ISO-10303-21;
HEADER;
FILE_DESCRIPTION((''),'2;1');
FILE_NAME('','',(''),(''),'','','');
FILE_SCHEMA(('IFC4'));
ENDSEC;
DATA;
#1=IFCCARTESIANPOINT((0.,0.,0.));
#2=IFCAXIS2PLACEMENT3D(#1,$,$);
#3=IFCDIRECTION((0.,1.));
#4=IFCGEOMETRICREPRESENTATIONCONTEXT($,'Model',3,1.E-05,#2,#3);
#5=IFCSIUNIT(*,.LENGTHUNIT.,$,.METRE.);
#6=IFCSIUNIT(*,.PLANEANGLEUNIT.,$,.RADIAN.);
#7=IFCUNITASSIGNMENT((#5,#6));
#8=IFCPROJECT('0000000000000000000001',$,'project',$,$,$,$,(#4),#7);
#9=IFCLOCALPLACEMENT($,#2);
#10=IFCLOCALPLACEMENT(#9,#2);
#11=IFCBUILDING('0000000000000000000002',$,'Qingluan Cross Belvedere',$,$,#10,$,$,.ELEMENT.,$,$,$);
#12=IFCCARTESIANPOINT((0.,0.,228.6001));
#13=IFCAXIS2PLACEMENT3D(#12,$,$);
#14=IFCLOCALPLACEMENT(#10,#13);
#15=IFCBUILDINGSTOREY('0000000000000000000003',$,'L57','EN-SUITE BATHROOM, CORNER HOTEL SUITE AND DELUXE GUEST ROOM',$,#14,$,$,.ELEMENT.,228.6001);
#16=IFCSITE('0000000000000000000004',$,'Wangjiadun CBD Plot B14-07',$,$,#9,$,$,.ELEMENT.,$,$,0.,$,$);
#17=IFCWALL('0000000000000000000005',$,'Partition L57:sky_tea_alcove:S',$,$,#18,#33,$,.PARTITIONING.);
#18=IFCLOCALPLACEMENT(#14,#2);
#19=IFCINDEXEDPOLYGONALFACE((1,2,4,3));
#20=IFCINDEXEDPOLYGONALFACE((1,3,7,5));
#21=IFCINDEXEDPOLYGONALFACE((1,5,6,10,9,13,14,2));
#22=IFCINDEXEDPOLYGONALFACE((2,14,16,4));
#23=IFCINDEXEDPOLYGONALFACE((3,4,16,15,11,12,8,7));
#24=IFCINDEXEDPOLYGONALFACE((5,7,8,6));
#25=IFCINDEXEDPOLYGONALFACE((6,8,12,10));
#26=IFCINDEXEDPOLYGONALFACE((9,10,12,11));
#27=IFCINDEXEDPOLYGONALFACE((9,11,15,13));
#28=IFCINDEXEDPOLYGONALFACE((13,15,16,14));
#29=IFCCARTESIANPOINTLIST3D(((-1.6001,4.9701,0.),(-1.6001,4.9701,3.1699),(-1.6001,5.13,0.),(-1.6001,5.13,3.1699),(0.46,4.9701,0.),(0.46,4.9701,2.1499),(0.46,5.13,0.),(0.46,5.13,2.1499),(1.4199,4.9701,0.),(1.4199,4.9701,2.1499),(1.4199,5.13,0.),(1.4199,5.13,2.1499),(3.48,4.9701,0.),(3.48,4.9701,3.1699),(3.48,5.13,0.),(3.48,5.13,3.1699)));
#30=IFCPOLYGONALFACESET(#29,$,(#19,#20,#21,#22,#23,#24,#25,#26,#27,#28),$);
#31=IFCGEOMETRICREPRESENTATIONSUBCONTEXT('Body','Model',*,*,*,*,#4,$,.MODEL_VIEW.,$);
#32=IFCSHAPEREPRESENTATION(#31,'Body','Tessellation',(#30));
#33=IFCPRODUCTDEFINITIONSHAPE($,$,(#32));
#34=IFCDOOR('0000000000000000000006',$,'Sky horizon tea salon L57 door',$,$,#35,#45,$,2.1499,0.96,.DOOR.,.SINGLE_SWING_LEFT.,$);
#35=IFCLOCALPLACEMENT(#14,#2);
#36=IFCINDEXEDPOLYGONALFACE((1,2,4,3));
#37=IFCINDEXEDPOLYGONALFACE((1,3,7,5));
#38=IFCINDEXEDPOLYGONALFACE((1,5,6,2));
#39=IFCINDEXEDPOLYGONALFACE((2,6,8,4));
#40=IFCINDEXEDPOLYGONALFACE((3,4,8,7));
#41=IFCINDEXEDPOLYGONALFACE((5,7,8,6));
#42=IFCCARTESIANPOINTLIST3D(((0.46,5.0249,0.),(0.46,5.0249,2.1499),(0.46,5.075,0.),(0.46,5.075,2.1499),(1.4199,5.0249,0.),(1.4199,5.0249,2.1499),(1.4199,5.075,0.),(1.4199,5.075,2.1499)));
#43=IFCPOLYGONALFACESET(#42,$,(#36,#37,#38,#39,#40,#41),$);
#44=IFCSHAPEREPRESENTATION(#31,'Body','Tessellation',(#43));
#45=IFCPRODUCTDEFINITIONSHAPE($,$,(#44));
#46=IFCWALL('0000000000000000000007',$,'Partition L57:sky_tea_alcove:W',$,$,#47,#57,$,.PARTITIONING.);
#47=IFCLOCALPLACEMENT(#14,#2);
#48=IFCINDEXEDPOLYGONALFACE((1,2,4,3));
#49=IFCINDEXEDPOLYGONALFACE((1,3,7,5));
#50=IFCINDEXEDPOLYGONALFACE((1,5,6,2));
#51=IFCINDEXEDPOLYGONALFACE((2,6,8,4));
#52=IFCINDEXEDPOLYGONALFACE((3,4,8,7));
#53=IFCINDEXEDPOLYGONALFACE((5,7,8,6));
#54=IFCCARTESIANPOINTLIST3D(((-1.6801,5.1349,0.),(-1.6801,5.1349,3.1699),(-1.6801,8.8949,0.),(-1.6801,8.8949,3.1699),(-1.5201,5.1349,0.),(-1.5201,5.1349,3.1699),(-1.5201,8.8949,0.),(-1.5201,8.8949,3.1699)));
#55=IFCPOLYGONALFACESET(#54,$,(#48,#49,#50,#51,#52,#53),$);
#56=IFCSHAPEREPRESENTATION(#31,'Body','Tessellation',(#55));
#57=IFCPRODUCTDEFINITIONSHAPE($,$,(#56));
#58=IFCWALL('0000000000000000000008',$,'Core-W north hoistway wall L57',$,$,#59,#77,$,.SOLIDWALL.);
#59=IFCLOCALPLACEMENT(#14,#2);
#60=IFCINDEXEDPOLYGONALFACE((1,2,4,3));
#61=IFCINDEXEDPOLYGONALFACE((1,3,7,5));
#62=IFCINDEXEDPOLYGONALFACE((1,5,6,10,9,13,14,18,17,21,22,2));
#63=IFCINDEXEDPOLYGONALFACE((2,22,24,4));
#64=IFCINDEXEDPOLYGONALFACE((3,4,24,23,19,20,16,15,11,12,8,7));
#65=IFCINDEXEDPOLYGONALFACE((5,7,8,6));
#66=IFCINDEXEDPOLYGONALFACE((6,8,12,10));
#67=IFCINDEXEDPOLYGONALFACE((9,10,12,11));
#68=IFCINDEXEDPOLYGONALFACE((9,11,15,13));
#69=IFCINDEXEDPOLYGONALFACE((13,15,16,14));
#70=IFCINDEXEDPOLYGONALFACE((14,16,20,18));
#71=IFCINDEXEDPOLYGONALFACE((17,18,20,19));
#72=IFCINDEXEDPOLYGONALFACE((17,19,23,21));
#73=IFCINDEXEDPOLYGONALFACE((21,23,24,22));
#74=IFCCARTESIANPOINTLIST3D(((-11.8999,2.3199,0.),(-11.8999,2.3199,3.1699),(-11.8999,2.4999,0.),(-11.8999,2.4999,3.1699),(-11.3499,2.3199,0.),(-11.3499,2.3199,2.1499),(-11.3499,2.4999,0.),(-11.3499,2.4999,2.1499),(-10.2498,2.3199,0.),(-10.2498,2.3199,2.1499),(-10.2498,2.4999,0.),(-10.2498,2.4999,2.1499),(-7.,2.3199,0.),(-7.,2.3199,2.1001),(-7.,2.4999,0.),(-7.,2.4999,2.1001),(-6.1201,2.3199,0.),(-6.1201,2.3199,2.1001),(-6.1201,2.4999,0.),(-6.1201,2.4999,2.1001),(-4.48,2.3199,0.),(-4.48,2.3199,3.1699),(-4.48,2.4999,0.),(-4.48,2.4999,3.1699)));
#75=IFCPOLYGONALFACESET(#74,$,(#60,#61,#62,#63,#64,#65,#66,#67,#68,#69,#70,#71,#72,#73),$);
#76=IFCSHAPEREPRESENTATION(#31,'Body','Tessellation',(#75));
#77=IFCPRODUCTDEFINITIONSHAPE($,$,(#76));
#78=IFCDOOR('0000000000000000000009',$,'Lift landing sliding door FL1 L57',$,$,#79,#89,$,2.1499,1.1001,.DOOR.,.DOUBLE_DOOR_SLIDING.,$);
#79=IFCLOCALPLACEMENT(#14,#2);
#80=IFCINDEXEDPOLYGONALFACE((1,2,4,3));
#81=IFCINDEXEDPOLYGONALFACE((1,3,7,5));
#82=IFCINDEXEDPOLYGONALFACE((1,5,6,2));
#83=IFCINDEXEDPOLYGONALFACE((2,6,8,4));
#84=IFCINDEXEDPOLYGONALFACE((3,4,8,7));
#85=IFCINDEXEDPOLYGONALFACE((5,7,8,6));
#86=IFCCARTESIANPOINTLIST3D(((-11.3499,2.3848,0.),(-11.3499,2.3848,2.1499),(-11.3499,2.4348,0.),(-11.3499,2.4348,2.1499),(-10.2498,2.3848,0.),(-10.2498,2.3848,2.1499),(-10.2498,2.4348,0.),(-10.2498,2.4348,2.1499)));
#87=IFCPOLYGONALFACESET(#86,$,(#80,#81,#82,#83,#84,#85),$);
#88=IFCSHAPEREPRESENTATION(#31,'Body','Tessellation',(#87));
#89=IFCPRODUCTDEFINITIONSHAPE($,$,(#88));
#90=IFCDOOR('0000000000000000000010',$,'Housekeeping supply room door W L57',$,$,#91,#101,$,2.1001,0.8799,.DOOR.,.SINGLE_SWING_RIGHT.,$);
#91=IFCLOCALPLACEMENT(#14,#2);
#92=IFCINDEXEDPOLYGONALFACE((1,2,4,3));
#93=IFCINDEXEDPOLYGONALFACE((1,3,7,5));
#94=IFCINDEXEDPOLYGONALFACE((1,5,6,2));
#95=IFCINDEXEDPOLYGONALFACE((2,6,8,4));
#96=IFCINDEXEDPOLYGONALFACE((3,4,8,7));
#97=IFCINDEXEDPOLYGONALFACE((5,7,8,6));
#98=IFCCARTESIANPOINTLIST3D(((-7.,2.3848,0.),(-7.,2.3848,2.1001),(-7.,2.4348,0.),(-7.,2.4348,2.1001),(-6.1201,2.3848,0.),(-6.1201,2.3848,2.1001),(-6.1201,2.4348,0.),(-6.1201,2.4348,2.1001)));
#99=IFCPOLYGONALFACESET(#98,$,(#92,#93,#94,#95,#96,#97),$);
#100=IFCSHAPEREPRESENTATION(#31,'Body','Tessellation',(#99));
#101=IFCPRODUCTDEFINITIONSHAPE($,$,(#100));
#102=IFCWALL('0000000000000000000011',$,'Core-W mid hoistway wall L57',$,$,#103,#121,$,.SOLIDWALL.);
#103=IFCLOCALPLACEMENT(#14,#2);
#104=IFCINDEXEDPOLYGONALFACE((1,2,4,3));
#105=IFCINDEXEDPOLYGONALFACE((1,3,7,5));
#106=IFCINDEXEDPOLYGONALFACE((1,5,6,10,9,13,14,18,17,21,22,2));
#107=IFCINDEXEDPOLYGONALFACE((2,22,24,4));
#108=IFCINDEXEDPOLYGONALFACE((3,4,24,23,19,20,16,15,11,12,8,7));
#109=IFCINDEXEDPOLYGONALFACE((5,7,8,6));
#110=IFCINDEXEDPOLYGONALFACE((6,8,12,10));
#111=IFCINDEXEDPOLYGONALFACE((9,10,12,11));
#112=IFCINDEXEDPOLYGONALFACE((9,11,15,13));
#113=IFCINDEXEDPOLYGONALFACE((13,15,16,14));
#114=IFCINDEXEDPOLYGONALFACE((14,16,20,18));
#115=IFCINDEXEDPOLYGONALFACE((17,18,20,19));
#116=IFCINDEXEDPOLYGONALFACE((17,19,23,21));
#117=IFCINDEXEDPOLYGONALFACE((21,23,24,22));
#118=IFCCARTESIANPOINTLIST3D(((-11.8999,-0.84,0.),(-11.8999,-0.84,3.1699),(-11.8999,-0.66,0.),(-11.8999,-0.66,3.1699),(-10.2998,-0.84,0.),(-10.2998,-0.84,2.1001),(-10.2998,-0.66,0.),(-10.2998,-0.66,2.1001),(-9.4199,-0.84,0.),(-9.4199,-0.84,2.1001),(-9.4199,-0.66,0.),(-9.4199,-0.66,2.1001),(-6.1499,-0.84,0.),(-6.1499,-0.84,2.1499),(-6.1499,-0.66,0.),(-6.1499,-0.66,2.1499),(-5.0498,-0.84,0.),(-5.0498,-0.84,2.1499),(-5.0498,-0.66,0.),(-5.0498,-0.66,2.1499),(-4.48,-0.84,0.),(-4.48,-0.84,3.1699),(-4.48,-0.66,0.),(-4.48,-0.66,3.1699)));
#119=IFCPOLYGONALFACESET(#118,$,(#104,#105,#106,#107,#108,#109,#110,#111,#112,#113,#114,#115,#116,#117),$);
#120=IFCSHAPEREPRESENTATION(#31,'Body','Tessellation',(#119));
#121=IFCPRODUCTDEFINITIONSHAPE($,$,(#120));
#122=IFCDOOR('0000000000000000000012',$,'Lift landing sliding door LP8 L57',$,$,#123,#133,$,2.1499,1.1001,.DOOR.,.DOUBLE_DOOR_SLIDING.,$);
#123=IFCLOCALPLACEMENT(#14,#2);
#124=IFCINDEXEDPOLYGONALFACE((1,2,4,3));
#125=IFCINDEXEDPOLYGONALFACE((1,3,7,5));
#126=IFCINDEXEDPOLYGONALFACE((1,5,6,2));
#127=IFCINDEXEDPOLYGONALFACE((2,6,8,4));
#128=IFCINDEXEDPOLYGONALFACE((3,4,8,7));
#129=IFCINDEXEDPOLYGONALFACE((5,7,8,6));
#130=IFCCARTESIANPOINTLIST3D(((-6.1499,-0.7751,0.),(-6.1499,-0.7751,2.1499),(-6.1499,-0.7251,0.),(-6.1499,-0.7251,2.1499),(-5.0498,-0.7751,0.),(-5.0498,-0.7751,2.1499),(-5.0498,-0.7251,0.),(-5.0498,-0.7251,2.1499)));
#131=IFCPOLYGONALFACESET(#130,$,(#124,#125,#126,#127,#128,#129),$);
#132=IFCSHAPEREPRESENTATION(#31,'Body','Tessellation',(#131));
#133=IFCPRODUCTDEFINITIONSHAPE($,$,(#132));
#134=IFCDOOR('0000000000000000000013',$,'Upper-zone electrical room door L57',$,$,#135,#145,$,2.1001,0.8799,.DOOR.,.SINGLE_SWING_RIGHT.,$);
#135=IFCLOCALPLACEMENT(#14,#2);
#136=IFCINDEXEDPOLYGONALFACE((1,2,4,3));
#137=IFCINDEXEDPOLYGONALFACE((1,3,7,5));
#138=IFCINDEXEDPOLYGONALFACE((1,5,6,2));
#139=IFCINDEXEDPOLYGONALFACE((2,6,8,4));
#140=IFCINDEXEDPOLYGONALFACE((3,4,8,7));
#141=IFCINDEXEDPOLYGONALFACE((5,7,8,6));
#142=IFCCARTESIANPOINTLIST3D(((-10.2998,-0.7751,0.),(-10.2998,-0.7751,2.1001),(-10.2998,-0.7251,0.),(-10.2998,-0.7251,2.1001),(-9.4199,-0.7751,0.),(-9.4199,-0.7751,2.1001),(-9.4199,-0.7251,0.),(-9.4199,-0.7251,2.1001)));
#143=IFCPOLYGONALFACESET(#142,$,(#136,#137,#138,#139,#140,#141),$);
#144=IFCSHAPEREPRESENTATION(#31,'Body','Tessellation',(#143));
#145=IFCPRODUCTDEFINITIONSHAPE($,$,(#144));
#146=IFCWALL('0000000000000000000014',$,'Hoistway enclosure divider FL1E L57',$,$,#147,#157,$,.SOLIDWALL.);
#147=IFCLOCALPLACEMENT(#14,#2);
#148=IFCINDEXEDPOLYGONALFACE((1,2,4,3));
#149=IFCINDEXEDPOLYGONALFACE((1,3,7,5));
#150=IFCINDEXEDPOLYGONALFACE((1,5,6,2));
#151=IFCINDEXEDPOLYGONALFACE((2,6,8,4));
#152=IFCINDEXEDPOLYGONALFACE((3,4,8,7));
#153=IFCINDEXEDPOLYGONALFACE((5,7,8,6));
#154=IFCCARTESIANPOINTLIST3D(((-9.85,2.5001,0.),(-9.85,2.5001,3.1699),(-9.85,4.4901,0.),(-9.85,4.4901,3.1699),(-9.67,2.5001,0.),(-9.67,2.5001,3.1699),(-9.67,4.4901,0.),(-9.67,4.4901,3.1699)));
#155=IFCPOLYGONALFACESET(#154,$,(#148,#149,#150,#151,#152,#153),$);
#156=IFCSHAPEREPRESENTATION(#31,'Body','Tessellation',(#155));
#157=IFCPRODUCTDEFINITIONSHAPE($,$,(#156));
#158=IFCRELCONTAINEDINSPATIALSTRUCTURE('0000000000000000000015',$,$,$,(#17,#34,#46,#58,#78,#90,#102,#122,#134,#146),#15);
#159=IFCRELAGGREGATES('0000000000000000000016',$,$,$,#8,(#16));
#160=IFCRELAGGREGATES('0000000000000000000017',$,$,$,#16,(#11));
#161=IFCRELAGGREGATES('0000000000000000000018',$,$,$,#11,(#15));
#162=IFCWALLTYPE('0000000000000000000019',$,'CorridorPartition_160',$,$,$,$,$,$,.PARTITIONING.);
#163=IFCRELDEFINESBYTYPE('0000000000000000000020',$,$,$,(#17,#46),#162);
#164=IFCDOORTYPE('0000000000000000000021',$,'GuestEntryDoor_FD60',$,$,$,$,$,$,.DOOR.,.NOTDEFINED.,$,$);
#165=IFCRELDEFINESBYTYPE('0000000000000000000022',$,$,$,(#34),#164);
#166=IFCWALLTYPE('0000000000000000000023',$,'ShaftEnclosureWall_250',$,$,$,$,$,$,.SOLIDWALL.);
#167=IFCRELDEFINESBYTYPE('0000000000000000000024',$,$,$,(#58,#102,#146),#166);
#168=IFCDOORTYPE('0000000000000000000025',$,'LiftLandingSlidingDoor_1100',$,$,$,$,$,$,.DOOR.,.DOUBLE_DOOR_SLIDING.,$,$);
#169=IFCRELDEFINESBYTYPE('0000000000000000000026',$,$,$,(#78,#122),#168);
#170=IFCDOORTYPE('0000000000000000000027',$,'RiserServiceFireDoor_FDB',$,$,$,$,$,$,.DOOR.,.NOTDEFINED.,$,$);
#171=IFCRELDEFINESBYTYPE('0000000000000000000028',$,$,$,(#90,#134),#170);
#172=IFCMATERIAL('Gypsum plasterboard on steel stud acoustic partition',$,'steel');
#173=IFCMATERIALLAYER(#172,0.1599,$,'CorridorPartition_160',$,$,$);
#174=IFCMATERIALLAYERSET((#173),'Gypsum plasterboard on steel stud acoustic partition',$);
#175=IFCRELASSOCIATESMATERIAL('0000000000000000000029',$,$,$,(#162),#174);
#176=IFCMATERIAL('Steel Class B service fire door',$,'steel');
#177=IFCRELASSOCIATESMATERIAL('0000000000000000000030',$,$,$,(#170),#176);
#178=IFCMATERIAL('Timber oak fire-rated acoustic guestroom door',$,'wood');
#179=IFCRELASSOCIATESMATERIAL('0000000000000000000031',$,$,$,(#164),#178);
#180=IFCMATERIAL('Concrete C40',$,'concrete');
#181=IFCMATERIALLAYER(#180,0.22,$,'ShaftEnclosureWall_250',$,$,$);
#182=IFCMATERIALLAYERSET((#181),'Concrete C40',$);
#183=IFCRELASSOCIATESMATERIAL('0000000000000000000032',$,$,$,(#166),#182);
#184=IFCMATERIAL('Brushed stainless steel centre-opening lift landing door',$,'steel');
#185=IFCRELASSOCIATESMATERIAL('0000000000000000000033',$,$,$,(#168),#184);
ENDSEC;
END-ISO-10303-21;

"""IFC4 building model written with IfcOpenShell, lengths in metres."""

from ifc_helpers import new_model, si_unit, direction, frame, frame_2d, origin, place, context, subcontext, project, spatial, rectangle, extrude, material, layer, layer_set, type_object, element, fill, save


model = new_model("IFC4")

# Units and contexts
model_context = context("Model", 3, precision=1e-05, world=origin(), true_north=direction((0.0, 1.0)))
body_context = subcontext(model_context, "Body", "Model", "MODEL_VIEW")
ifc_project = project(units=[si_unit("LENGTHUNIT", "METRE"), si_unit("PLANEANGLEUNIT", "RADIAN")], contexts=[model_context])

# Site, building, storey
site_placement = place(None, origin())
site = spatial("IfcSite", under=ifc_project, at=site_placement, Name="Wangjiadun CBD Plot B14-07", CompositionType="ELEMENT", RefElevation=0.0)
building_placement = place(site_placement, origin())
building = spatial("IfcBuilding", under=site, at=building_placement, Name="Qingluan Cross Belvedere", CompositionType="ELEMENT")
storey_placement = place(building_placement, frame((0.0, 0.0, 228.6001)))
storey = spatial("IfcBuildingStorey", under=building, at=storey_placement, Name="L57", Description="EN-SUITE BATHROOM, CORNER HOTEL SUITE AND DELUXE GUEST ROOM", CompositionType="ELEMENT", Elevation=228.6001)

# Wall, opening, door
ifc_material_1 = material(Name="Gypsum plasterboard on steel stud acoustic partition", Category="steel")
ifc_layer_1 = layer(ifc_material_1, 0.1599, Name="CorridorPartition_160")
ifc_layer_set_1 = layer_set([ifc_layer_1], Name="Gypsum plasterboard on steel stud acoustic partition")
wall_type_1 = type_object("IfcWallType", Name="CorridorPartition_160", PredefinedType="PARTITIONING", material=ifc_layer_set_1)
ifc_material_2 = material(Name="Steel Class B service fire door", Category="steel")
door_type_1 = type_object("IfcDoorType", Name="RiserServiceFireDoor_FDB", OperationType="NOTDEFINED", PredefinedType="DOOR", material=ifc_material_2)
wall_1_placement = place(storey_placement, frame((-1.6001, 5.05, 0.0), z_axis=(0.0, 0.0, 1.0), x_axis=(1.0, 0.0, 0.0)))
wall_1 = element("IfcWall", 1, at=wall_1_placement, inside=storey, type_object=wall_type_1, Name="Partition L57:sky_tea_alcove:S", PredefinedType="PARTITIONING", context=body_context, shape_type="SweptSolid", body=[
    extrude(rectangle(XDim=5.0801, YDim=0.1599, at=frame_2d((2.54, 0.0))), origin(), (0.0, 0.0, 1.0), 3.1699),
])
opening_1_placement = place(wall_1_placement, frame((2.0601, 0.0, 0.0)))
opening_1 = element("IfcOpeningElement", 2, at=opening_1_placement, cuts=wall_1, PredefinedType="OPENING", context=body_context, shape_type="SweptSolid", body=[
    extrude(rectangle(XDim=0.96, YDim=2.1499, at=frame_2d((0.48, 1.075))), frame((0.0, 0.0898, 0.0), z_axis=(0.0, -1.0, 0.0), x_axis=(1.0, 0.0, 0.0)), (0.0, 0.0, 1.0), 0.1799),
])
ifc_material_3 = material(Name="Timber oak fire-rated acoustic guestroom door", Category="wood")
door_type_2 = type_object("IfcDoorType", Name="GuestEntryDoor_FD60", OperationType="NOTDEFINED", PredefinedType="DOOR", material=ifc_material_3)
door_1_placement = place(opening_1_placement, origin())
door_1 = element("IfcDoor", 3, at=door_1_placement, inside=storey, type_object=door_type_2, Name="Sky horizon tea salon L57 door", OperationType="SINGLE_SWING_LEFT", OverallHeight=2.1499, OverallWidth=0.96, PredefinedType="DOOR", context=body_context, shape_type="SweptSolid", body=[
    extrude(rectangle(XDim=0.96, YDim=2.1499, at=frame_2d((0.48, 1.075))), frame((0.0, 0.0249, 0.0), z_axis=(0.0, -1.0, 0.0), x_axis=(1.0, 0.0, 0.0)), (0.0, 0.0, 1.0), 0.05),
])
fill(opening_1, door_1)

# Wall
wall_2_placement = place(storey_placement, frame((-1.6001, 5.135, 0.0), z_axis=(0.0, 0.0, 1.0), x_axis=(0.0, 1.0, 0.0)))
element("IfcWall", 4, at=wall_2_placement, inside=storey, type_object=wall_type_1, Name="Partition L57:sky_tea_alcove:W", PredefinedType="PARTITIONING", context=body_context, shape_type="SweptSolid", body=[
    extrude(rectangle(XDim=3.76, YDim=0.1599, at=frame_2d((1.8799, 0.0))), origin(), (0.0, 0.0, 1.0), 3.1699),
])

# Walls, openings, doors
ifc_material_4 = material(Name="Concrete C40", Category="concrete")
ifc_layer_2 = layer(ifc_material_4, 0.22, Name="ShaftEnclosureWall_250")
ifc_layer_set_2 = layer_set([ifc_layer_2], Name="Concrete C40")
wall_type_2 = type_object("IfcWallType", Name="ShaftEnclosureWall_250", PredefinedType="SOLIDWALL", material=ifc_layer_set_2)
wall_3_placement = place(storey_placement, frame((-11.8999, 2.4099, 0.0), z_axis=(0.0, 0.0, 1.0), x_axis=(1.0, 0.0, 0.0)))
wall_3 = element("IfcWall", 5, at=wall_3_placement, inside=storey, type_object=wall_type_2, Name="Core-W north hoistway wall L57", PredefinedType="SOLIDWALL", context=body_context, shape_type="SweptSolid", body=[
    extrude(rectangle(XDim=7.4199, YDim=0.1799, at=frame_2d((3.71, 0.0))), origin(), (0.0, 0.0, 1.0), 3.1699),
])
opening_2_placement = place(wall_3_placement, frame((0.55, 0.0, 0.0)))
opening_2 = element("IfcOpeningElement", 6, at=opening_2_placement, cuts=wall_3, PredefinedType="OPENING", context=body_context, shape_type="SweptSolid", body=[
    extrude(rectangle(XDim=1.1001, YDim=2.1499, at=frame_2d((0.55, 1.075))), frame((0.0, 0.0999, 0.0), z_axis=(0.0, -1.0, 0.0), x_axis=(1.0, 0.0, 0.0)), (0.0, 0.0, 1.0), 0.2),
])
opening_3_placement = place(wall_3_placement, frame((4.8999, 0.0, 0.0)))
opening_3 = element("IfcOpeningElement", 7, at=opening_3_placement, cuts=wall_3, PredefinedType="OPENING", context=body_context, shape_type="SweptSolid", body=[
    extrude(rectangle(XDim=0.8799, YDim=2.1001, at=frame_2d((0.4399, 1.05))), frame((0.0, 0.0999, 0.0), z_axis=(0.0, -1.0, 0.0), x_axis=(1.0, 0.0, 0.0)), (0.0, 0.0, 1.0), 0.2),
])
ifc_material_5 = material(Name="Brushed stainless steel centre-opening lift landing door", Category="steel")
door_type_3 = type_object("IfcDoorType", Name="LiftLandingSlidingDoor_1100", OperationType="DOUBLE_DOOR_SLIDING", PredefinedType="DOOR", material=ifc_material_5)
door_2_placement = place(opening_2_placement, origin())
door_2 = element("IfcDoor", 8, at=door_2_placement, inside=storey, type_object=door_type_3, Name="Lift landing sliding door FL1 L57", OperationType="DOUBLE_DOOR_SLIDING", OverallHeight=2.1499, OverallWidth=1.1001, PredefinedType="DOOR", context=body_context, shape_type="SweptSolid", body=[
    extrude(rectangle(XDim=1.1001, YDim=2.1499, at=frame_2d((0.55, 1.075))), frame((0.0, 0.0249, 0.0), z_axis=(0.0, -1.0, 0.0), x_axis=(1.0, 0.0, 0.0)), (0.0, 0.0, 1.0), 0.05),
])
fill(opening_2, door_2)
door_3_placement = place(opening_3_placement, origin())
door_3 = element("IfcDoor", 9, at=door_3_placement, inside=storey, type_object=door_type_1, Name="Housekeeping supply room door W L57", OperationType="SINGLE_SWING_RIGHT", OverallHeight=2.1001, OverallWidth=0.8799, PredefinedType="DOOR", context=body_context, shape_type="SweptSolid", body=[
    extrude(rectangle(XDim=0.8799, YDim=2.1001, at=frame_2d((0.4399, 1.05))), frame((0.0, 0.0249, 0.0), z_axis=(0.0, -1.0, 0.0), x_axis=(1.0, 0.0, 0.0)), (0.0, 0.0, 1.0), 0.05),
])
fill(opening_3, door_3)
wall_4_placement = place(storey_placement, frame((-11.8999, -0.75, 0.0), z_axis=(0.0, 0.0, 1.0), x_axis=(1.0, 0.0, 0.0)))
wall_4 = element("IfcWall", 10, at=wall_4_placement, inside=storey, type_object=wall_type_2, Name="Core-W mid hoistway wall L57", PredefinedType="SOLIDWALL", context=body_context, shape_type="SweptSolid", body=[
    extrude(rectangle(XDim=7.4199, YDim=0.1799, at=frame_2d((3.71, 0.0))), origin(), (0.0, 0.0, 1.0), 3.1699),
])
opening_4_placement = place(wall_4_placement, frame((5.75, 0.0, 0.0)))
opening_4 = element("IfcOpeningElement", 11, at=opening_4_placement, cuts=wall_4, PredefinedType="OPENING", context=body_context, shape_type="SweptSolid", body=[
    extrude(rectangle(XDim=1.1001, YDim=2.1499, at=frame_2d((0.55, 1.075))), frame((0.0, 0.0999, 0.0), z_axis=(0.0, -1.0, 0.0), x_axis=(1.0, 0.0, 0.0)), (0.0, 0.0, 1.0), 0.2),
])
opening_5_placement = place(wall_4_placement, frame((1.6001, 0.0, 0.0)))
opening_5 = element("IfcOpeningElement", 12, at=opening_5_placement, cuts=wall_4, PredefinedType="OPENING", context=body_context, shape_type="SweptSolid", body=[
    extrude(rectangle(XDim=0.8799, YDim=2.1001, at=frame_2d((0.4399, 1.05))), frame((0.0, 0.0999, 0.0), z_axis=(0.0, -1.0, 0.0), x_axis=(1.0, 0.0, 0.0)), (0.0, 0.0, 1.0), 0.2),
])
door_4_placement = place(opening_4_placement, origin())
door_4 = element("IfcDoor", 13, at=door_4_placement, inside=storey, type_object=door_type_3, Name="Lift landing sliding door LP8 L57", OperationType="DOUBLE_DOOR_SLIDING", OverallHeight=2.1499, OverallWidth=1.1001, PredefinedType="DOOR", context=body_context, shape_type="SweptSolid", body=[
    extrude(rectangle(XDim=1.1001, YDim=2.1499, at=frame_2d((0.55, 1.075))), frame((0.0, 0.0249, 0.0), z_axis=(0.0, -1.0, 0.0), x_axis=(1.0, 0.0, 0.0)), (0.0, 0.0, 1.0), 0.05),
])
fill(opening_4, door_4)
door_5_placement = place(opening_5_placement, origin())
door_5 = element("IfcDoor", 14, at=door_5_placement, inside=storey, type_object=door_type_1, Name="Upper-zone electrical room door L57", OperationType="SINGLE_SWING_RIGHT", OverallHeight=2.1001, OverallWidth=0.8799, PredefinedType="DOOR", context=body_context, shape_type="SweptSolid", body=[
    extrude(rectangle(XDim=0.8799, YDim=2.1001, at=frame_2d((0.4399, 1.05))), frame((0.0, 0.0249, 0.0), z_axis=(0.0, -1.0, 0.0), x_axis=(1.0, 0.0, 0.0)), (0.0, 0.0, 1.0), 0.05),
])
fill(opening_5, door_5)

# Wall
wall_5_placement = place(storey_placement, frame((-9.76, 2.5, 0.0), z_axis=(0.0, 0.0, 1.0), x_axis=(0.0, 1.0, 0.0)))
element("IfcWall", 15, at=wall_5_placement, inside=storey, type_object=wall_type_2, Name="Hoistway enclosure divider FL1E L57", PredefinedType="SOLIDWALL", context=body_context, shape_type="SweptSolid", body=[
    extrude(rectangle(XDim=1.99, YDim=0.1799, at=frame_2d((0.9951, 0.0))), origin(), (0.0, 0.0, 1.0), 3.1699),
])

save(model, "model.ifc")
